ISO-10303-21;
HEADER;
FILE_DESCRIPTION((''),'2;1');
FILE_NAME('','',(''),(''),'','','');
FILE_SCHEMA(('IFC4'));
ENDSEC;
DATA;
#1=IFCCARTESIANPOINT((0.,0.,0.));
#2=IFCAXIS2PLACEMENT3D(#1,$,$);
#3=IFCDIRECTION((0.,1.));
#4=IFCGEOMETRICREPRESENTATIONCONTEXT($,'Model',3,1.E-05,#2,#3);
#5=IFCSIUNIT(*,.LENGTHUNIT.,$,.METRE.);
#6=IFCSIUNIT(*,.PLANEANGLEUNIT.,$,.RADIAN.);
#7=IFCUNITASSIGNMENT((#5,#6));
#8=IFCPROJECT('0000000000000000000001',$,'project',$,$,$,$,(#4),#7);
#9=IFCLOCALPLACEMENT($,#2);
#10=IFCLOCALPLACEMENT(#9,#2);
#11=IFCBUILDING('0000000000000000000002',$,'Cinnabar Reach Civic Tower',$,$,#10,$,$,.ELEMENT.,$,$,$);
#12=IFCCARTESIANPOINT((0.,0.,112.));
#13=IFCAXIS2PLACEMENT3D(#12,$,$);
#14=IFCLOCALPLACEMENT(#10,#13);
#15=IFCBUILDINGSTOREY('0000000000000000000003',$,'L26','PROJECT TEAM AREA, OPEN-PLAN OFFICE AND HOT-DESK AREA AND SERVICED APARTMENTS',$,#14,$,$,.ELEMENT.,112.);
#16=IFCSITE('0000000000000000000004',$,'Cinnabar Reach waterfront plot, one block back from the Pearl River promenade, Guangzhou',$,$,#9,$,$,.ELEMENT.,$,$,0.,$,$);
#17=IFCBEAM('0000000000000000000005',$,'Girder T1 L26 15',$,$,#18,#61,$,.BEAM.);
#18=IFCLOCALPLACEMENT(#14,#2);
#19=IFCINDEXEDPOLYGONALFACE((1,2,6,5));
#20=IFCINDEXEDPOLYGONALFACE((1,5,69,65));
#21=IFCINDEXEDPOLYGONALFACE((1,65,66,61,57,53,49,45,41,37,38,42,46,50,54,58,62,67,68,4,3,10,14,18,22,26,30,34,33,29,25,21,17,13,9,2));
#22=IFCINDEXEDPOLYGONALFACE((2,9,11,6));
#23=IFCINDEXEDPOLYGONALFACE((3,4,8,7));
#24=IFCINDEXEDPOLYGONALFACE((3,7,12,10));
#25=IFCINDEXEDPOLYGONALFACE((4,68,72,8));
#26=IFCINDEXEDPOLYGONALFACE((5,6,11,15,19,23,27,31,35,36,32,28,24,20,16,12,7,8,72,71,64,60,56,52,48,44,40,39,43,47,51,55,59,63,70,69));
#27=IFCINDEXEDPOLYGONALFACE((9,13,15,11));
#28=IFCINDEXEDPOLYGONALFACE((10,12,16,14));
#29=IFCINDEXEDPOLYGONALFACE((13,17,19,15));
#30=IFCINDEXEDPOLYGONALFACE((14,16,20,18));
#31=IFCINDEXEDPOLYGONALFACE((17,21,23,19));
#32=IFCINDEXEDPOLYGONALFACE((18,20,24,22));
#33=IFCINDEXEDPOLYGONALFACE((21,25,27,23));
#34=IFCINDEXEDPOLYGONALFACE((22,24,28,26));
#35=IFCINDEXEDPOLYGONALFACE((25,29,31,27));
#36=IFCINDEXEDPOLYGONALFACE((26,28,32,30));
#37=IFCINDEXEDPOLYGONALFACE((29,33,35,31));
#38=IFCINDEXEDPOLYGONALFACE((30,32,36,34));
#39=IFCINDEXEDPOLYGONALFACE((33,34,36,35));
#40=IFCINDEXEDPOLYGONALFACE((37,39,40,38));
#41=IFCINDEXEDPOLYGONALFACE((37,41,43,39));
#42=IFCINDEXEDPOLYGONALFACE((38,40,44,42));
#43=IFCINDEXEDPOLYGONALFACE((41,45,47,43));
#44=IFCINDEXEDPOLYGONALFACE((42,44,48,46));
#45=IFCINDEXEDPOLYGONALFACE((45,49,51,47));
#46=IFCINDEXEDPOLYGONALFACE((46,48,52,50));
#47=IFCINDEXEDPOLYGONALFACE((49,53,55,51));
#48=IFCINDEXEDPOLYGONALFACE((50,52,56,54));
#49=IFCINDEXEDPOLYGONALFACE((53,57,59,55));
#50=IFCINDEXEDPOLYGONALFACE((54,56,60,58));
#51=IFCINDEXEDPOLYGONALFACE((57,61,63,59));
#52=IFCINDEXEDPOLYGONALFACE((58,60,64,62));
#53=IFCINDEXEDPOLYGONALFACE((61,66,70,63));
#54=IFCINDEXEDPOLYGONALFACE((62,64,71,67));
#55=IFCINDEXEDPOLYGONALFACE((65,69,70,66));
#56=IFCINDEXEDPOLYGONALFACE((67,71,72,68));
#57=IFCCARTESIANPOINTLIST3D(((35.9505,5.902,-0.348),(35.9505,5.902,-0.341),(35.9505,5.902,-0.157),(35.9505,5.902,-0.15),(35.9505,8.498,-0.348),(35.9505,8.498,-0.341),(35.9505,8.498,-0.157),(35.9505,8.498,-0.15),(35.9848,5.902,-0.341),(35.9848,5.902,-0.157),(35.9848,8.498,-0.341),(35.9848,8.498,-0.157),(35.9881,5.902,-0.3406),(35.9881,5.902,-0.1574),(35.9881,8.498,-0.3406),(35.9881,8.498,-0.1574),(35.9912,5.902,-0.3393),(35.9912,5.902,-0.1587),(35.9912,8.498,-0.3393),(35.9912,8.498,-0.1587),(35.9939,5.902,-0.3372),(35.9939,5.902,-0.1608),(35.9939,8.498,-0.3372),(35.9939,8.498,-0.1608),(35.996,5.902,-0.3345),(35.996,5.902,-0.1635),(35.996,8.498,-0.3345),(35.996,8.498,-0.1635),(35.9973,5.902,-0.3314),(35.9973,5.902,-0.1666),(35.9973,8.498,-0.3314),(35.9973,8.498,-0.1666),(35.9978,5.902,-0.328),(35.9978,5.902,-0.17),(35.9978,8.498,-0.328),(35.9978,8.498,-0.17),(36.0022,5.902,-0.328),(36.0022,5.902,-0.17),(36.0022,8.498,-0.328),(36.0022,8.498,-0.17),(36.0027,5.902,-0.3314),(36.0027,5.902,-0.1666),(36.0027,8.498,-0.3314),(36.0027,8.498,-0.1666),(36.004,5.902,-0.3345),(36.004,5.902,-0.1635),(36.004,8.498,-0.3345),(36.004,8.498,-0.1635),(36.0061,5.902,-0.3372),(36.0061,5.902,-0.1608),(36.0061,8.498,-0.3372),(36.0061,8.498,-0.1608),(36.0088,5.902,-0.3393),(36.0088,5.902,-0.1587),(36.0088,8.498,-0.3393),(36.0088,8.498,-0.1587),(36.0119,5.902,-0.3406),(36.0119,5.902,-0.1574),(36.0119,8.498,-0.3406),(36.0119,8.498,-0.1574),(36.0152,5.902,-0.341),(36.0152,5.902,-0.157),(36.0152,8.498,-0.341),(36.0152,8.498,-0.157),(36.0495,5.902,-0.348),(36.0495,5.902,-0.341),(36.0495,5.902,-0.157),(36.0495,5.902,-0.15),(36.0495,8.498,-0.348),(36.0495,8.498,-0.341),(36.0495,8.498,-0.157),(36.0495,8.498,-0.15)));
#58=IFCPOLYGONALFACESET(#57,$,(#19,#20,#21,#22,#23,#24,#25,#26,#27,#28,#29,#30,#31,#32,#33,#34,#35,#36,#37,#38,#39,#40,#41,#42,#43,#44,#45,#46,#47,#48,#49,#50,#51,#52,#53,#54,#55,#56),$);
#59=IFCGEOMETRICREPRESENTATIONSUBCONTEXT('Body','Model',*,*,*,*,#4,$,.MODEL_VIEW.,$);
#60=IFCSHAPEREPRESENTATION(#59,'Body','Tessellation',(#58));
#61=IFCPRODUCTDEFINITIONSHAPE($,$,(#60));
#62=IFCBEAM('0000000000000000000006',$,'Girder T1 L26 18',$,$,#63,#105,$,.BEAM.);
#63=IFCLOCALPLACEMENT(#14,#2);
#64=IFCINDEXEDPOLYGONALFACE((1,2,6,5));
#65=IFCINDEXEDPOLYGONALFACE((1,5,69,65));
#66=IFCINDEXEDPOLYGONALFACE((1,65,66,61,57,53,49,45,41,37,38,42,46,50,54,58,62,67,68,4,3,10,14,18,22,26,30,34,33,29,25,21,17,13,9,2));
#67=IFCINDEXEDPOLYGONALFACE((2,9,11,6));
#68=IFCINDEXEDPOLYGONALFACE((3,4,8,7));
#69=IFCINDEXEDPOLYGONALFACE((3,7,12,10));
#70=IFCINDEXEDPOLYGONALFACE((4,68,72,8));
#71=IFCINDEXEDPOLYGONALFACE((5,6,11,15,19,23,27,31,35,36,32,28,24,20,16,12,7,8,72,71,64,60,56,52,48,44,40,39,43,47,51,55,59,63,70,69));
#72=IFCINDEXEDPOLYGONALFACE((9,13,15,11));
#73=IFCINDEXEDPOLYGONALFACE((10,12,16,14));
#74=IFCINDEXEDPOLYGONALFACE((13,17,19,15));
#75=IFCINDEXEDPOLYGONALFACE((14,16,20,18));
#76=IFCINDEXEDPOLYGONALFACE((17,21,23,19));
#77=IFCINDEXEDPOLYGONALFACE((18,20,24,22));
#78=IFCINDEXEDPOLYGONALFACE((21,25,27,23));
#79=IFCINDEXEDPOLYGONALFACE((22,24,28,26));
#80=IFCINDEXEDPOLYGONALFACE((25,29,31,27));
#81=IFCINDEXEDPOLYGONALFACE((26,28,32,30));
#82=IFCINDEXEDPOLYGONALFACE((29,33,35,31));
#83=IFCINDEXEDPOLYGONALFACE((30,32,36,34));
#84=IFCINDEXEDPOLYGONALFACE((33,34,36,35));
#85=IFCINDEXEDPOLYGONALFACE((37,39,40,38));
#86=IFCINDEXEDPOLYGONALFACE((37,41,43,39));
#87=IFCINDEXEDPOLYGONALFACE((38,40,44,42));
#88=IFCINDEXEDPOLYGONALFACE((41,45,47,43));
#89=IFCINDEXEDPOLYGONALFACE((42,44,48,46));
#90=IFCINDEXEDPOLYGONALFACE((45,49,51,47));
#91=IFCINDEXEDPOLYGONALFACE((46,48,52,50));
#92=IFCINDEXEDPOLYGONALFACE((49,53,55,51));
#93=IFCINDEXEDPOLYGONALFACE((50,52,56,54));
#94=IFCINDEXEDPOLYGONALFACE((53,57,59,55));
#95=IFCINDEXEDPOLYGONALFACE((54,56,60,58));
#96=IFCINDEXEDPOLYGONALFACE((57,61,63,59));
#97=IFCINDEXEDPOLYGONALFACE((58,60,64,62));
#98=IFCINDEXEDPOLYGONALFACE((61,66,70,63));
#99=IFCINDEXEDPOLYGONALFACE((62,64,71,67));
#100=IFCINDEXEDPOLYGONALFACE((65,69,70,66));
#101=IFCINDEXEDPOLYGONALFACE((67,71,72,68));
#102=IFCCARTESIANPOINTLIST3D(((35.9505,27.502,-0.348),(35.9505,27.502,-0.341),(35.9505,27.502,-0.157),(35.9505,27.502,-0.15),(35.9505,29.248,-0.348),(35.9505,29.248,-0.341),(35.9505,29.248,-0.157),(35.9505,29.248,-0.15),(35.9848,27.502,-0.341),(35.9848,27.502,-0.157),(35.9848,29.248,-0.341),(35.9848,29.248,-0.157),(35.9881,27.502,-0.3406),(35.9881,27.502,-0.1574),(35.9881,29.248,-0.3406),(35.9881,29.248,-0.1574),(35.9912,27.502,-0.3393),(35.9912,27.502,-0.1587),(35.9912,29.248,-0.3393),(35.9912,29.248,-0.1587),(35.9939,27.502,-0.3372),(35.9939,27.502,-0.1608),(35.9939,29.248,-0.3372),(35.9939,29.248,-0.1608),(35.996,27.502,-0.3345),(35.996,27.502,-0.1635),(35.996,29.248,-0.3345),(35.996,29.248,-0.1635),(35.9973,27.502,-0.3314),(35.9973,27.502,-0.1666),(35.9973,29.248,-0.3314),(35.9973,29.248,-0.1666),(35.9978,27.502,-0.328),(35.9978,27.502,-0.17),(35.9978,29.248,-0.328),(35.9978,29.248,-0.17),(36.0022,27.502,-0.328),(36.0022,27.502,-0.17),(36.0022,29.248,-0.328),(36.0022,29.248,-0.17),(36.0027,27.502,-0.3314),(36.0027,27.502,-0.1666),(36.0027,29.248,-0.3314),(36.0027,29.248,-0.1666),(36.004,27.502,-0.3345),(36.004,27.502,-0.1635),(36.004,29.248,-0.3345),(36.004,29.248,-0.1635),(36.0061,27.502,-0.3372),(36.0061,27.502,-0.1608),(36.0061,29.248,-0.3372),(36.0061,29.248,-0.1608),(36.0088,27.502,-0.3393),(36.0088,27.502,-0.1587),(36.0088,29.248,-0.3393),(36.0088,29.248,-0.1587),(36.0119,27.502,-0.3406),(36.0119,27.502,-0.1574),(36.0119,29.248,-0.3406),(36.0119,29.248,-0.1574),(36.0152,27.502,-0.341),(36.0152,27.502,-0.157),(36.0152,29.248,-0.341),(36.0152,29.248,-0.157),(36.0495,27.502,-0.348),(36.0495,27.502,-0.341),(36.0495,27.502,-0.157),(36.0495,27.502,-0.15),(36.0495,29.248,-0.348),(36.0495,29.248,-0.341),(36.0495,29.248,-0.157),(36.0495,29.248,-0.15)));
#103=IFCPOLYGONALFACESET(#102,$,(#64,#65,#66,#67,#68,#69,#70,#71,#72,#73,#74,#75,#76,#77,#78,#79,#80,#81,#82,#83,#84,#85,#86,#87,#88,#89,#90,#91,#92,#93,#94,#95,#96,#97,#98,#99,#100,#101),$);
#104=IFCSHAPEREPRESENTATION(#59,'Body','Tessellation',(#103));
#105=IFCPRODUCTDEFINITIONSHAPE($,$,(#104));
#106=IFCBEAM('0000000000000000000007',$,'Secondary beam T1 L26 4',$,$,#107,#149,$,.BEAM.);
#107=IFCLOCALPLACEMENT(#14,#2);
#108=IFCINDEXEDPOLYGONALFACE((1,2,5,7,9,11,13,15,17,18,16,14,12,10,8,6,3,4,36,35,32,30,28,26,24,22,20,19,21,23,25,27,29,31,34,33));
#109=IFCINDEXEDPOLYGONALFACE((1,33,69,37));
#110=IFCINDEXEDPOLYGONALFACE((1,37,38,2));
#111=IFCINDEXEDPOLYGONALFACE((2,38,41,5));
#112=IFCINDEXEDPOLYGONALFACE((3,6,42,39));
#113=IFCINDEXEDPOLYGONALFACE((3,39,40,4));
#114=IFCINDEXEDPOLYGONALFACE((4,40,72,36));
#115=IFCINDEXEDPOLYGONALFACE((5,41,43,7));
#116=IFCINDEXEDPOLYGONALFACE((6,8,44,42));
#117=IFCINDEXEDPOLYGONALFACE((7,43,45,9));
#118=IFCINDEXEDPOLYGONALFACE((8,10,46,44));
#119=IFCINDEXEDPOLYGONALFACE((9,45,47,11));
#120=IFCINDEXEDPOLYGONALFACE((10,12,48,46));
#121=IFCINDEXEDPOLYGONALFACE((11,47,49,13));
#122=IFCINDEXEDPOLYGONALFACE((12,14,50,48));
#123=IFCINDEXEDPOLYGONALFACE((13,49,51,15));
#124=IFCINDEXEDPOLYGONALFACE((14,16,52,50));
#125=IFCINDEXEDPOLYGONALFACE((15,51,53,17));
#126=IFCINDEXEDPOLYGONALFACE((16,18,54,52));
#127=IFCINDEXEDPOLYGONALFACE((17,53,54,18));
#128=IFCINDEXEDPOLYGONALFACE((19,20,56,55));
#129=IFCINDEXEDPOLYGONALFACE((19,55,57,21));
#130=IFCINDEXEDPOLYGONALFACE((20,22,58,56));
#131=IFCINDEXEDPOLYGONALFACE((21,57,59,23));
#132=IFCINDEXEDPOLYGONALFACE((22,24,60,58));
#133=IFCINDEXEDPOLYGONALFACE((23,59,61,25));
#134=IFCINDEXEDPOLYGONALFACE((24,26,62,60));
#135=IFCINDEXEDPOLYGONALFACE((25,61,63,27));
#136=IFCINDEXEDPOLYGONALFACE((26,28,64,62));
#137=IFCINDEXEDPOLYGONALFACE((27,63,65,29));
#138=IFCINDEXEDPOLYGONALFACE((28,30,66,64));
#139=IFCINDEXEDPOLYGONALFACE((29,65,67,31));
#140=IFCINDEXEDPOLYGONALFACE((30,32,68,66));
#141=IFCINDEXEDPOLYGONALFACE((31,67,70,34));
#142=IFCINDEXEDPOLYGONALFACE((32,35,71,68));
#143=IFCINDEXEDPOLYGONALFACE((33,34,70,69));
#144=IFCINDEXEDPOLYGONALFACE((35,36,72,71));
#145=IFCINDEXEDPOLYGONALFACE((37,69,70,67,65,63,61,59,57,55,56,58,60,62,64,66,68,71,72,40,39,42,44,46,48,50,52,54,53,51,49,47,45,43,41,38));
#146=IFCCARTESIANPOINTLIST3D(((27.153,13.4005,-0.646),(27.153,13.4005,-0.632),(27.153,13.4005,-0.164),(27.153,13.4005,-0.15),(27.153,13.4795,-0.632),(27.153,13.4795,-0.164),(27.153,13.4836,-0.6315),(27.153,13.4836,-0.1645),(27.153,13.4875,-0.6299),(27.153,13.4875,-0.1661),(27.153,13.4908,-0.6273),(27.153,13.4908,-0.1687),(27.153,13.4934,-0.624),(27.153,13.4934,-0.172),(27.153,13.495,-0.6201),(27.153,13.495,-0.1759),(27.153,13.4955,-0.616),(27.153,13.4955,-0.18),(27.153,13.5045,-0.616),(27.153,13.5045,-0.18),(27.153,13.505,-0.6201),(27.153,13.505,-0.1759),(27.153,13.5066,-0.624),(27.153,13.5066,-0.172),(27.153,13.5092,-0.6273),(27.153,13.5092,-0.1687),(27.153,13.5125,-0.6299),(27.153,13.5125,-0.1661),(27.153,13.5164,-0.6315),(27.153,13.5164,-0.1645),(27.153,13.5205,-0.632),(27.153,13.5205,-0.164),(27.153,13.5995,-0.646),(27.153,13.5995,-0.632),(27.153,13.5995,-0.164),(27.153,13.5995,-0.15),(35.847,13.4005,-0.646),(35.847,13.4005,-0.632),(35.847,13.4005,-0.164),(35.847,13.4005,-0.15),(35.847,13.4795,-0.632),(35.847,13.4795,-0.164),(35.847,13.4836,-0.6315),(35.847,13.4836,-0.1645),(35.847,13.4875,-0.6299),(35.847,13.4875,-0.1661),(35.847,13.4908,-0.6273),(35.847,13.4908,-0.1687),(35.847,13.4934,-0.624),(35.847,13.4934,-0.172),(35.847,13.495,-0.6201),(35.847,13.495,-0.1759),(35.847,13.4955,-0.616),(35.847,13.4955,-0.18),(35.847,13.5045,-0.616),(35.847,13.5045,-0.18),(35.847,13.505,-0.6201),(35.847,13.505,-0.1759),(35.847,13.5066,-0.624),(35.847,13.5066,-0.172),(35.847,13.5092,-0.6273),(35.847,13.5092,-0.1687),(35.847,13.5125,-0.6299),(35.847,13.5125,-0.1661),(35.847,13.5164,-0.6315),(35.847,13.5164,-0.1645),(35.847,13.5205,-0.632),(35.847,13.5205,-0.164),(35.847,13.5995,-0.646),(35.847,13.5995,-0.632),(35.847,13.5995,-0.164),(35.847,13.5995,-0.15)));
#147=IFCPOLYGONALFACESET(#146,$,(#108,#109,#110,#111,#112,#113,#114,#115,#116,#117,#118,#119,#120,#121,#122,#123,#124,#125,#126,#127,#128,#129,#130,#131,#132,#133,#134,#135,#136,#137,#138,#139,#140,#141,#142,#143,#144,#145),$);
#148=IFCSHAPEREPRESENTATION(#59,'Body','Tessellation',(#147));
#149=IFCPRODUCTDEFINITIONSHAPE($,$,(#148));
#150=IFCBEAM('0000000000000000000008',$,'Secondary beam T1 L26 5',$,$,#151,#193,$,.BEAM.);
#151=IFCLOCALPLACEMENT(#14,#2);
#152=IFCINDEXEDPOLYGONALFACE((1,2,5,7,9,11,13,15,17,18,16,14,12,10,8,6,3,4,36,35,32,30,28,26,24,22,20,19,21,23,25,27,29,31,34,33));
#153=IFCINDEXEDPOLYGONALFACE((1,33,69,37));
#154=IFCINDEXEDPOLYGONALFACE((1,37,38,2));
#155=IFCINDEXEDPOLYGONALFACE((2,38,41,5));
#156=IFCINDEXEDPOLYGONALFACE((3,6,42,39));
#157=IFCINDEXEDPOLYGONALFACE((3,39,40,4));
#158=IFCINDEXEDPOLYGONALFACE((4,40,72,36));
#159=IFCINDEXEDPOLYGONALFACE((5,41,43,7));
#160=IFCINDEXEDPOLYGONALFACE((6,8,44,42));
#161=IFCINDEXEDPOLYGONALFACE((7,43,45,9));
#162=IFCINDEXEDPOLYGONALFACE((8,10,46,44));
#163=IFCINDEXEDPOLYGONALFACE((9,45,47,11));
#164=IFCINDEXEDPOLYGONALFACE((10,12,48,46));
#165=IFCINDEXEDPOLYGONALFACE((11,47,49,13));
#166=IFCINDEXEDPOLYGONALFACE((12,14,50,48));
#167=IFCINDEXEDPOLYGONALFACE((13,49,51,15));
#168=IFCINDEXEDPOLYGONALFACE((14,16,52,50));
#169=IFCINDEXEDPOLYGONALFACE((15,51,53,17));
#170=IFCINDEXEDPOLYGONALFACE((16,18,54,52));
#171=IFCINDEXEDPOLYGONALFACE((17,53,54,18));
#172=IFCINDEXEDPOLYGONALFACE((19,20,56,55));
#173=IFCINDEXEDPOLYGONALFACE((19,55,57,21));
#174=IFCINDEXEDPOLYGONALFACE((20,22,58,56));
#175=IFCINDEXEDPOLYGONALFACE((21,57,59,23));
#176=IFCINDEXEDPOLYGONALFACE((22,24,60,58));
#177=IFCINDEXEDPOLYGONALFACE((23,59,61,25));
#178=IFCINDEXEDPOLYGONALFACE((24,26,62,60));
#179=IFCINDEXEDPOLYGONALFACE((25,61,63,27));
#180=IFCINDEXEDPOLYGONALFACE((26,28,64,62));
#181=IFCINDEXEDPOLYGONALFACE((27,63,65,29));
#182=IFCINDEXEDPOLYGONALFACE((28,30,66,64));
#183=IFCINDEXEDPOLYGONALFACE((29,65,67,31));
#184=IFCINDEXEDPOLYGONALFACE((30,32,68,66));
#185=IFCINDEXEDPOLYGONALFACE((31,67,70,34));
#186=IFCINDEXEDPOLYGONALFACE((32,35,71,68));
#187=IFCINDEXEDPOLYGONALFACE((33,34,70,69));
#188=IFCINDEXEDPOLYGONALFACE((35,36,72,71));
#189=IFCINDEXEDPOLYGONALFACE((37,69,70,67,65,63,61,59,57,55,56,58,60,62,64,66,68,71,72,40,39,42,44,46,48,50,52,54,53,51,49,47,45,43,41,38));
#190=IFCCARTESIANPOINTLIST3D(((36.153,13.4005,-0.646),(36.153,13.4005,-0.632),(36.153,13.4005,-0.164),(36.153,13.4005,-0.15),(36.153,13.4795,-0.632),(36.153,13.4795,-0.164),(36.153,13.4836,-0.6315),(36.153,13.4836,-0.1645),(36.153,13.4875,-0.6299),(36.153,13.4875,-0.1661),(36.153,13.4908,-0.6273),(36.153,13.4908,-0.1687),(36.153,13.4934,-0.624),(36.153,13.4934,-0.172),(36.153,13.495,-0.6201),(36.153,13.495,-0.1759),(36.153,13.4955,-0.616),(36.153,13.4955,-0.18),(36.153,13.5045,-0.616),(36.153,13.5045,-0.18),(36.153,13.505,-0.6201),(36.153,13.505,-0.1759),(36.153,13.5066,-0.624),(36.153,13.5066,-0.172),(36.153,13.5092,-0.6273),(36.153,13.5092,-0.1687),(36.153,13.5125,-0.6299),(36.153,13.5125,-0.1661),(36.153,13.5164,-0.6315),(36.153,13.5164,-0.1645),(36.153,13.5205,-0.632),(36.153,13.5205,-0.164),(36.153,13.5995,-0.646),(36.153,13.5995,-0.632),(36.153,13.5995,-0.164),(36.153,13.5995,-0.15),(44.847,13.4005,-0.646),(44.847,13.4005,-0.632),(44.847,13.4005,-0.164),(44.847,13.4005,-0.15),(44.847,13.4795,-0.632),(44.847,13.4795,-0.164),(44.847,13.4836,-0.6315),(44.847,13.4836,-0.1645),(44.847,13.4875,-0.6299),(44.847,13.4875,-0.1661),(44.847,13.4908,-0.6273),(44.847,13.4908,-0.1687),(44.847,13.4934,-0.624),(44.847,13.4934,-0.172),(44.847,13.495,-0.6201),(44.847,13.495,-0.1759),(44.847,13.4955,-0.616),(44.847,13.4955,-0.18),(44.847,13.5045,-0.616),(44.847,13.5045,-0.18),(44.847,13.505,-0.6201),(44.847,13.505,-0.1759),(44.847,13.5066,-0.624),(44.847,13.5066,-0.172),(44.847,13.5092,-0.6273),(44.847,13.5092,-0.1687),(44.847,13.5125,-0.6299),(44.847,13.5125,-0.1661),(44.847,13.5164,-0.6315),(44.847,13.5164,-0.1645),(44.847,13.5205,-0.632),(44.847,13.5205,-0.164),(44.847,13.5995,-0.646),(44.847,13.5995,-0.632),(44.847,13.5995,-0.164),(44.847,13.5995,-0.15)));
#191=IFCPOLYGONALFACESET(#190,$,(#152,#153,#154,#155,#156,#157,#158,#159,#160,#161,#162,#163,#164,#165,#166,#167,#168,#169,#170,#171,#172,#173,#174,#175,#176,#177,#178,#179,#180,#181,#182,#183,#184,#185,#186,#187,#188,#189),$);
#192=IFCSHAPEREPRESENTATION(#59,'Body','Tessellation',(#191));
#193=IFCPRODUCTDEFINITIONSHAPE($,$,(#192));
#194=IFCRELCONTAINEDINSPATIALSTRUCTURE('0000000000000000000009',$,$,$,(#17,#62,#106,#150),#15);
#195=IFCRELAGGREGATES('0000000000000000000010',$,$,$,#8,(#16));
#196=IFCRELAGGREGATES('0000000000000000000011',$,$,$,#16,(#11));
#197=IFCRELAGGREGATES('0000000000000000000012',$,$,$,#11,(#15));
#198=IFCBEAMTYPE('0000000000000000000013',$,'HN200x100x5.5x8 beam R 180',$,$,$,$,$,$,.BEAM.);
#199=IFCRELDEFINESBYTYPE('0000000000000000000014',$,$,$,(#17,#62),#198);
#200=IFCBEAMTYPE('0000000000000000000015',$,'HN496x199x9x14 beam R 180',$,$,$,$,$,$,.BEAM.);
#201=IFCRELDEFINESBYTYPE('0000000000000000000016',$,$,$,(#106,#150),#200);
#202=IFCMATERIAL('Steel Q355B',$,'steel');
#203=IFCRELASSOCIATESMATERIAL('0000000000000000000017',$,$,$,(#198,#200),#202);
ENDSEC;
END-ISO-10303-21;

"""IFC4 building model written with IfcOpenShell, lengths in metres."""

from ifc_helpers import new_model, si_unit, direction, frame, origin, origin_2d, place, context, subcontext, project, spatial, i_section, extrude, material, material_profile, profile_set, type_object, element, save


model = new_model("IFC4")

# Units and contexts
model_context = context("Model", 3, precision=1e-05, world=origin(), true_north=direction((0.0, 1.0)))
body_context = subcontext(model_context, "Body", "Model", "MODEL_VIEW")
ifc_project = project(units=[si_unit("LENGTHUNIT", "METRE"), si_unit("PLANEANGLEUNIT", "RADIAN")], contexts=[model_context])

# Site, building, storey
site_placement = place(None, origin())
site = spatial("IfcSite", under=ifc_project, at=site_placement, Name="Cinnabar Reach waterfront plot, one block back from the Pearl River promenade, Guangzhou", CompositionType="ELEMENT", RefElevation=0.0)
building_placement = place(site_placement, origin())
building = spatial("IfcBuilding", under=site, at=building_placement, Name="Cinnabar Reach Civic Tower", CompositionType="ELEMENT")
storey_placement = place(building_placement, frame((0.0, 0.0, 112.0)))
storey = spatial("IfcBuildingStorey", under=building, at=storey_placement, Name="L26", Description="PROJECT TEAM AREA, OPEN-PLAN OFFICE AND HOT-DESK AREA AND SERVICED APARTMENTS", CompositionType="ELEMENT", Elevation=112.0)

# Beams
ifc_material_1 = material(Name="Steel Q355B", Category="steel")
ifc_material_profile_1 = material_profile(ifc_material_1, i_section(OverallWidth=0.099, OverallDepth=0.198, WebThickness=0.0045, FlangeThickness=0.007, FilletRadius=0.013, at=origin_2d()), Name="HN200x100x5.5x8")
ifc_profile_set_1 = profile_set([ifc_material_profile_1], Name="Steel Q355B")
beam_type_1 = type_object("IfcBeamType", Name="HN200x100x5.5x8 beam R 180", PredefinedType="BEAM", material=ifc_profile_set_1)
for number, where, z_axis, x_axis, name in (
    (1, (36.0, 5.902, -0.249), (0.0, 1.0, 0.0), (-1.0, 0.0, 0.0), "Girder T1 L26 15"),
):
    element("IfcBeam", number, at=place(storey_placement, frame(where, z_axis=z_axis, x_axis=x_axis)), inside=storey, type_object=beam_type_1, Name=name, PredefinedType="BEAM", context=body_context, shape_type="SweptSolid", body=[
        extrude(i_section(OverallWidth=0.099, OverallDepth=0.198, WebThickness=0.0045, FlangeThickness=0.007, FilletRadius=0.013, at=origin_2d()), origin(), (0.0, 0.0, 1.0), 2.596),
    ])
beam_1_placement = place(storey_placement, frame((36.0, 27.502, -0.249), z_axis=(0.0, 1.0, 0.0), x_axis=(-1.0, 0.0, 0.0)))
element("IfcBeam", 2, at=beam_1_placement, inside=storey, type_object=beam_type_1, Name="Girder T1 L26 18", PredefinedType="BEAM", context=body_context, shape_type="SweptSolid", body=[
    extrude(i_section(OverallWidth=0.099, OverallDepth=0.198, WebThickness=0.0045, FlangeThickness=0.007, FilletRadius=0.013, at=origin_2d()), origin(), (0.0, 0.0, 1.0), 1.746),
])
ifc_material_profile_2 = material_profile(ifc_material_1, i_section(OverallWidth=0.199, OverallDepth=0.496, WebThickness=0.009, FlangeThickness=0.014, FilletRadius=0.016, at=origin_2d()), Name="HN496x199x9x14")
ifc_profile_set_2 = profile_set([ifc_material_profile_2], Name="Steel Q355B")
beam_type_2 = type_object("IfcBeamType", Name="HN496x199x9x14 beam R 180", PredefinedType="BEAM", material=ifc_profile_set_2)
for number, where, z_axis, x_axis, name in (
    (3, (27.153, 13.5, -0.398), (1.0, 0.0, 0.0), (0.0, 1.0, 0.0), "Secondary beam T1 L26 4"),
    (4, (36.153, 13.5, -0.398), (1.0, 0.0, 0.0), (0.0, 1.0, 0.0), "Secondary beam T1 L26 5"),
):
    element("IfcBeam", number, at=place(storey_placement, frame(where, z_axis=z_axis, x_axis=x_axis)), inside=storey, type_object=beam_type_2, Name=name, PredefinedType="BEAM", context=body_context, shape_type="SweptSolid", body=[
        extrude(i_section(OverallWidth=0.199, OverallDepth=0.496, WebThickness=0.009, FlangeThickness=0.014, FilletRadius=0.016, at=origin_2d()), origin(), (0.0, 0.0, 1.0), 8.694),
    ])

save(model, "model.ifc")
